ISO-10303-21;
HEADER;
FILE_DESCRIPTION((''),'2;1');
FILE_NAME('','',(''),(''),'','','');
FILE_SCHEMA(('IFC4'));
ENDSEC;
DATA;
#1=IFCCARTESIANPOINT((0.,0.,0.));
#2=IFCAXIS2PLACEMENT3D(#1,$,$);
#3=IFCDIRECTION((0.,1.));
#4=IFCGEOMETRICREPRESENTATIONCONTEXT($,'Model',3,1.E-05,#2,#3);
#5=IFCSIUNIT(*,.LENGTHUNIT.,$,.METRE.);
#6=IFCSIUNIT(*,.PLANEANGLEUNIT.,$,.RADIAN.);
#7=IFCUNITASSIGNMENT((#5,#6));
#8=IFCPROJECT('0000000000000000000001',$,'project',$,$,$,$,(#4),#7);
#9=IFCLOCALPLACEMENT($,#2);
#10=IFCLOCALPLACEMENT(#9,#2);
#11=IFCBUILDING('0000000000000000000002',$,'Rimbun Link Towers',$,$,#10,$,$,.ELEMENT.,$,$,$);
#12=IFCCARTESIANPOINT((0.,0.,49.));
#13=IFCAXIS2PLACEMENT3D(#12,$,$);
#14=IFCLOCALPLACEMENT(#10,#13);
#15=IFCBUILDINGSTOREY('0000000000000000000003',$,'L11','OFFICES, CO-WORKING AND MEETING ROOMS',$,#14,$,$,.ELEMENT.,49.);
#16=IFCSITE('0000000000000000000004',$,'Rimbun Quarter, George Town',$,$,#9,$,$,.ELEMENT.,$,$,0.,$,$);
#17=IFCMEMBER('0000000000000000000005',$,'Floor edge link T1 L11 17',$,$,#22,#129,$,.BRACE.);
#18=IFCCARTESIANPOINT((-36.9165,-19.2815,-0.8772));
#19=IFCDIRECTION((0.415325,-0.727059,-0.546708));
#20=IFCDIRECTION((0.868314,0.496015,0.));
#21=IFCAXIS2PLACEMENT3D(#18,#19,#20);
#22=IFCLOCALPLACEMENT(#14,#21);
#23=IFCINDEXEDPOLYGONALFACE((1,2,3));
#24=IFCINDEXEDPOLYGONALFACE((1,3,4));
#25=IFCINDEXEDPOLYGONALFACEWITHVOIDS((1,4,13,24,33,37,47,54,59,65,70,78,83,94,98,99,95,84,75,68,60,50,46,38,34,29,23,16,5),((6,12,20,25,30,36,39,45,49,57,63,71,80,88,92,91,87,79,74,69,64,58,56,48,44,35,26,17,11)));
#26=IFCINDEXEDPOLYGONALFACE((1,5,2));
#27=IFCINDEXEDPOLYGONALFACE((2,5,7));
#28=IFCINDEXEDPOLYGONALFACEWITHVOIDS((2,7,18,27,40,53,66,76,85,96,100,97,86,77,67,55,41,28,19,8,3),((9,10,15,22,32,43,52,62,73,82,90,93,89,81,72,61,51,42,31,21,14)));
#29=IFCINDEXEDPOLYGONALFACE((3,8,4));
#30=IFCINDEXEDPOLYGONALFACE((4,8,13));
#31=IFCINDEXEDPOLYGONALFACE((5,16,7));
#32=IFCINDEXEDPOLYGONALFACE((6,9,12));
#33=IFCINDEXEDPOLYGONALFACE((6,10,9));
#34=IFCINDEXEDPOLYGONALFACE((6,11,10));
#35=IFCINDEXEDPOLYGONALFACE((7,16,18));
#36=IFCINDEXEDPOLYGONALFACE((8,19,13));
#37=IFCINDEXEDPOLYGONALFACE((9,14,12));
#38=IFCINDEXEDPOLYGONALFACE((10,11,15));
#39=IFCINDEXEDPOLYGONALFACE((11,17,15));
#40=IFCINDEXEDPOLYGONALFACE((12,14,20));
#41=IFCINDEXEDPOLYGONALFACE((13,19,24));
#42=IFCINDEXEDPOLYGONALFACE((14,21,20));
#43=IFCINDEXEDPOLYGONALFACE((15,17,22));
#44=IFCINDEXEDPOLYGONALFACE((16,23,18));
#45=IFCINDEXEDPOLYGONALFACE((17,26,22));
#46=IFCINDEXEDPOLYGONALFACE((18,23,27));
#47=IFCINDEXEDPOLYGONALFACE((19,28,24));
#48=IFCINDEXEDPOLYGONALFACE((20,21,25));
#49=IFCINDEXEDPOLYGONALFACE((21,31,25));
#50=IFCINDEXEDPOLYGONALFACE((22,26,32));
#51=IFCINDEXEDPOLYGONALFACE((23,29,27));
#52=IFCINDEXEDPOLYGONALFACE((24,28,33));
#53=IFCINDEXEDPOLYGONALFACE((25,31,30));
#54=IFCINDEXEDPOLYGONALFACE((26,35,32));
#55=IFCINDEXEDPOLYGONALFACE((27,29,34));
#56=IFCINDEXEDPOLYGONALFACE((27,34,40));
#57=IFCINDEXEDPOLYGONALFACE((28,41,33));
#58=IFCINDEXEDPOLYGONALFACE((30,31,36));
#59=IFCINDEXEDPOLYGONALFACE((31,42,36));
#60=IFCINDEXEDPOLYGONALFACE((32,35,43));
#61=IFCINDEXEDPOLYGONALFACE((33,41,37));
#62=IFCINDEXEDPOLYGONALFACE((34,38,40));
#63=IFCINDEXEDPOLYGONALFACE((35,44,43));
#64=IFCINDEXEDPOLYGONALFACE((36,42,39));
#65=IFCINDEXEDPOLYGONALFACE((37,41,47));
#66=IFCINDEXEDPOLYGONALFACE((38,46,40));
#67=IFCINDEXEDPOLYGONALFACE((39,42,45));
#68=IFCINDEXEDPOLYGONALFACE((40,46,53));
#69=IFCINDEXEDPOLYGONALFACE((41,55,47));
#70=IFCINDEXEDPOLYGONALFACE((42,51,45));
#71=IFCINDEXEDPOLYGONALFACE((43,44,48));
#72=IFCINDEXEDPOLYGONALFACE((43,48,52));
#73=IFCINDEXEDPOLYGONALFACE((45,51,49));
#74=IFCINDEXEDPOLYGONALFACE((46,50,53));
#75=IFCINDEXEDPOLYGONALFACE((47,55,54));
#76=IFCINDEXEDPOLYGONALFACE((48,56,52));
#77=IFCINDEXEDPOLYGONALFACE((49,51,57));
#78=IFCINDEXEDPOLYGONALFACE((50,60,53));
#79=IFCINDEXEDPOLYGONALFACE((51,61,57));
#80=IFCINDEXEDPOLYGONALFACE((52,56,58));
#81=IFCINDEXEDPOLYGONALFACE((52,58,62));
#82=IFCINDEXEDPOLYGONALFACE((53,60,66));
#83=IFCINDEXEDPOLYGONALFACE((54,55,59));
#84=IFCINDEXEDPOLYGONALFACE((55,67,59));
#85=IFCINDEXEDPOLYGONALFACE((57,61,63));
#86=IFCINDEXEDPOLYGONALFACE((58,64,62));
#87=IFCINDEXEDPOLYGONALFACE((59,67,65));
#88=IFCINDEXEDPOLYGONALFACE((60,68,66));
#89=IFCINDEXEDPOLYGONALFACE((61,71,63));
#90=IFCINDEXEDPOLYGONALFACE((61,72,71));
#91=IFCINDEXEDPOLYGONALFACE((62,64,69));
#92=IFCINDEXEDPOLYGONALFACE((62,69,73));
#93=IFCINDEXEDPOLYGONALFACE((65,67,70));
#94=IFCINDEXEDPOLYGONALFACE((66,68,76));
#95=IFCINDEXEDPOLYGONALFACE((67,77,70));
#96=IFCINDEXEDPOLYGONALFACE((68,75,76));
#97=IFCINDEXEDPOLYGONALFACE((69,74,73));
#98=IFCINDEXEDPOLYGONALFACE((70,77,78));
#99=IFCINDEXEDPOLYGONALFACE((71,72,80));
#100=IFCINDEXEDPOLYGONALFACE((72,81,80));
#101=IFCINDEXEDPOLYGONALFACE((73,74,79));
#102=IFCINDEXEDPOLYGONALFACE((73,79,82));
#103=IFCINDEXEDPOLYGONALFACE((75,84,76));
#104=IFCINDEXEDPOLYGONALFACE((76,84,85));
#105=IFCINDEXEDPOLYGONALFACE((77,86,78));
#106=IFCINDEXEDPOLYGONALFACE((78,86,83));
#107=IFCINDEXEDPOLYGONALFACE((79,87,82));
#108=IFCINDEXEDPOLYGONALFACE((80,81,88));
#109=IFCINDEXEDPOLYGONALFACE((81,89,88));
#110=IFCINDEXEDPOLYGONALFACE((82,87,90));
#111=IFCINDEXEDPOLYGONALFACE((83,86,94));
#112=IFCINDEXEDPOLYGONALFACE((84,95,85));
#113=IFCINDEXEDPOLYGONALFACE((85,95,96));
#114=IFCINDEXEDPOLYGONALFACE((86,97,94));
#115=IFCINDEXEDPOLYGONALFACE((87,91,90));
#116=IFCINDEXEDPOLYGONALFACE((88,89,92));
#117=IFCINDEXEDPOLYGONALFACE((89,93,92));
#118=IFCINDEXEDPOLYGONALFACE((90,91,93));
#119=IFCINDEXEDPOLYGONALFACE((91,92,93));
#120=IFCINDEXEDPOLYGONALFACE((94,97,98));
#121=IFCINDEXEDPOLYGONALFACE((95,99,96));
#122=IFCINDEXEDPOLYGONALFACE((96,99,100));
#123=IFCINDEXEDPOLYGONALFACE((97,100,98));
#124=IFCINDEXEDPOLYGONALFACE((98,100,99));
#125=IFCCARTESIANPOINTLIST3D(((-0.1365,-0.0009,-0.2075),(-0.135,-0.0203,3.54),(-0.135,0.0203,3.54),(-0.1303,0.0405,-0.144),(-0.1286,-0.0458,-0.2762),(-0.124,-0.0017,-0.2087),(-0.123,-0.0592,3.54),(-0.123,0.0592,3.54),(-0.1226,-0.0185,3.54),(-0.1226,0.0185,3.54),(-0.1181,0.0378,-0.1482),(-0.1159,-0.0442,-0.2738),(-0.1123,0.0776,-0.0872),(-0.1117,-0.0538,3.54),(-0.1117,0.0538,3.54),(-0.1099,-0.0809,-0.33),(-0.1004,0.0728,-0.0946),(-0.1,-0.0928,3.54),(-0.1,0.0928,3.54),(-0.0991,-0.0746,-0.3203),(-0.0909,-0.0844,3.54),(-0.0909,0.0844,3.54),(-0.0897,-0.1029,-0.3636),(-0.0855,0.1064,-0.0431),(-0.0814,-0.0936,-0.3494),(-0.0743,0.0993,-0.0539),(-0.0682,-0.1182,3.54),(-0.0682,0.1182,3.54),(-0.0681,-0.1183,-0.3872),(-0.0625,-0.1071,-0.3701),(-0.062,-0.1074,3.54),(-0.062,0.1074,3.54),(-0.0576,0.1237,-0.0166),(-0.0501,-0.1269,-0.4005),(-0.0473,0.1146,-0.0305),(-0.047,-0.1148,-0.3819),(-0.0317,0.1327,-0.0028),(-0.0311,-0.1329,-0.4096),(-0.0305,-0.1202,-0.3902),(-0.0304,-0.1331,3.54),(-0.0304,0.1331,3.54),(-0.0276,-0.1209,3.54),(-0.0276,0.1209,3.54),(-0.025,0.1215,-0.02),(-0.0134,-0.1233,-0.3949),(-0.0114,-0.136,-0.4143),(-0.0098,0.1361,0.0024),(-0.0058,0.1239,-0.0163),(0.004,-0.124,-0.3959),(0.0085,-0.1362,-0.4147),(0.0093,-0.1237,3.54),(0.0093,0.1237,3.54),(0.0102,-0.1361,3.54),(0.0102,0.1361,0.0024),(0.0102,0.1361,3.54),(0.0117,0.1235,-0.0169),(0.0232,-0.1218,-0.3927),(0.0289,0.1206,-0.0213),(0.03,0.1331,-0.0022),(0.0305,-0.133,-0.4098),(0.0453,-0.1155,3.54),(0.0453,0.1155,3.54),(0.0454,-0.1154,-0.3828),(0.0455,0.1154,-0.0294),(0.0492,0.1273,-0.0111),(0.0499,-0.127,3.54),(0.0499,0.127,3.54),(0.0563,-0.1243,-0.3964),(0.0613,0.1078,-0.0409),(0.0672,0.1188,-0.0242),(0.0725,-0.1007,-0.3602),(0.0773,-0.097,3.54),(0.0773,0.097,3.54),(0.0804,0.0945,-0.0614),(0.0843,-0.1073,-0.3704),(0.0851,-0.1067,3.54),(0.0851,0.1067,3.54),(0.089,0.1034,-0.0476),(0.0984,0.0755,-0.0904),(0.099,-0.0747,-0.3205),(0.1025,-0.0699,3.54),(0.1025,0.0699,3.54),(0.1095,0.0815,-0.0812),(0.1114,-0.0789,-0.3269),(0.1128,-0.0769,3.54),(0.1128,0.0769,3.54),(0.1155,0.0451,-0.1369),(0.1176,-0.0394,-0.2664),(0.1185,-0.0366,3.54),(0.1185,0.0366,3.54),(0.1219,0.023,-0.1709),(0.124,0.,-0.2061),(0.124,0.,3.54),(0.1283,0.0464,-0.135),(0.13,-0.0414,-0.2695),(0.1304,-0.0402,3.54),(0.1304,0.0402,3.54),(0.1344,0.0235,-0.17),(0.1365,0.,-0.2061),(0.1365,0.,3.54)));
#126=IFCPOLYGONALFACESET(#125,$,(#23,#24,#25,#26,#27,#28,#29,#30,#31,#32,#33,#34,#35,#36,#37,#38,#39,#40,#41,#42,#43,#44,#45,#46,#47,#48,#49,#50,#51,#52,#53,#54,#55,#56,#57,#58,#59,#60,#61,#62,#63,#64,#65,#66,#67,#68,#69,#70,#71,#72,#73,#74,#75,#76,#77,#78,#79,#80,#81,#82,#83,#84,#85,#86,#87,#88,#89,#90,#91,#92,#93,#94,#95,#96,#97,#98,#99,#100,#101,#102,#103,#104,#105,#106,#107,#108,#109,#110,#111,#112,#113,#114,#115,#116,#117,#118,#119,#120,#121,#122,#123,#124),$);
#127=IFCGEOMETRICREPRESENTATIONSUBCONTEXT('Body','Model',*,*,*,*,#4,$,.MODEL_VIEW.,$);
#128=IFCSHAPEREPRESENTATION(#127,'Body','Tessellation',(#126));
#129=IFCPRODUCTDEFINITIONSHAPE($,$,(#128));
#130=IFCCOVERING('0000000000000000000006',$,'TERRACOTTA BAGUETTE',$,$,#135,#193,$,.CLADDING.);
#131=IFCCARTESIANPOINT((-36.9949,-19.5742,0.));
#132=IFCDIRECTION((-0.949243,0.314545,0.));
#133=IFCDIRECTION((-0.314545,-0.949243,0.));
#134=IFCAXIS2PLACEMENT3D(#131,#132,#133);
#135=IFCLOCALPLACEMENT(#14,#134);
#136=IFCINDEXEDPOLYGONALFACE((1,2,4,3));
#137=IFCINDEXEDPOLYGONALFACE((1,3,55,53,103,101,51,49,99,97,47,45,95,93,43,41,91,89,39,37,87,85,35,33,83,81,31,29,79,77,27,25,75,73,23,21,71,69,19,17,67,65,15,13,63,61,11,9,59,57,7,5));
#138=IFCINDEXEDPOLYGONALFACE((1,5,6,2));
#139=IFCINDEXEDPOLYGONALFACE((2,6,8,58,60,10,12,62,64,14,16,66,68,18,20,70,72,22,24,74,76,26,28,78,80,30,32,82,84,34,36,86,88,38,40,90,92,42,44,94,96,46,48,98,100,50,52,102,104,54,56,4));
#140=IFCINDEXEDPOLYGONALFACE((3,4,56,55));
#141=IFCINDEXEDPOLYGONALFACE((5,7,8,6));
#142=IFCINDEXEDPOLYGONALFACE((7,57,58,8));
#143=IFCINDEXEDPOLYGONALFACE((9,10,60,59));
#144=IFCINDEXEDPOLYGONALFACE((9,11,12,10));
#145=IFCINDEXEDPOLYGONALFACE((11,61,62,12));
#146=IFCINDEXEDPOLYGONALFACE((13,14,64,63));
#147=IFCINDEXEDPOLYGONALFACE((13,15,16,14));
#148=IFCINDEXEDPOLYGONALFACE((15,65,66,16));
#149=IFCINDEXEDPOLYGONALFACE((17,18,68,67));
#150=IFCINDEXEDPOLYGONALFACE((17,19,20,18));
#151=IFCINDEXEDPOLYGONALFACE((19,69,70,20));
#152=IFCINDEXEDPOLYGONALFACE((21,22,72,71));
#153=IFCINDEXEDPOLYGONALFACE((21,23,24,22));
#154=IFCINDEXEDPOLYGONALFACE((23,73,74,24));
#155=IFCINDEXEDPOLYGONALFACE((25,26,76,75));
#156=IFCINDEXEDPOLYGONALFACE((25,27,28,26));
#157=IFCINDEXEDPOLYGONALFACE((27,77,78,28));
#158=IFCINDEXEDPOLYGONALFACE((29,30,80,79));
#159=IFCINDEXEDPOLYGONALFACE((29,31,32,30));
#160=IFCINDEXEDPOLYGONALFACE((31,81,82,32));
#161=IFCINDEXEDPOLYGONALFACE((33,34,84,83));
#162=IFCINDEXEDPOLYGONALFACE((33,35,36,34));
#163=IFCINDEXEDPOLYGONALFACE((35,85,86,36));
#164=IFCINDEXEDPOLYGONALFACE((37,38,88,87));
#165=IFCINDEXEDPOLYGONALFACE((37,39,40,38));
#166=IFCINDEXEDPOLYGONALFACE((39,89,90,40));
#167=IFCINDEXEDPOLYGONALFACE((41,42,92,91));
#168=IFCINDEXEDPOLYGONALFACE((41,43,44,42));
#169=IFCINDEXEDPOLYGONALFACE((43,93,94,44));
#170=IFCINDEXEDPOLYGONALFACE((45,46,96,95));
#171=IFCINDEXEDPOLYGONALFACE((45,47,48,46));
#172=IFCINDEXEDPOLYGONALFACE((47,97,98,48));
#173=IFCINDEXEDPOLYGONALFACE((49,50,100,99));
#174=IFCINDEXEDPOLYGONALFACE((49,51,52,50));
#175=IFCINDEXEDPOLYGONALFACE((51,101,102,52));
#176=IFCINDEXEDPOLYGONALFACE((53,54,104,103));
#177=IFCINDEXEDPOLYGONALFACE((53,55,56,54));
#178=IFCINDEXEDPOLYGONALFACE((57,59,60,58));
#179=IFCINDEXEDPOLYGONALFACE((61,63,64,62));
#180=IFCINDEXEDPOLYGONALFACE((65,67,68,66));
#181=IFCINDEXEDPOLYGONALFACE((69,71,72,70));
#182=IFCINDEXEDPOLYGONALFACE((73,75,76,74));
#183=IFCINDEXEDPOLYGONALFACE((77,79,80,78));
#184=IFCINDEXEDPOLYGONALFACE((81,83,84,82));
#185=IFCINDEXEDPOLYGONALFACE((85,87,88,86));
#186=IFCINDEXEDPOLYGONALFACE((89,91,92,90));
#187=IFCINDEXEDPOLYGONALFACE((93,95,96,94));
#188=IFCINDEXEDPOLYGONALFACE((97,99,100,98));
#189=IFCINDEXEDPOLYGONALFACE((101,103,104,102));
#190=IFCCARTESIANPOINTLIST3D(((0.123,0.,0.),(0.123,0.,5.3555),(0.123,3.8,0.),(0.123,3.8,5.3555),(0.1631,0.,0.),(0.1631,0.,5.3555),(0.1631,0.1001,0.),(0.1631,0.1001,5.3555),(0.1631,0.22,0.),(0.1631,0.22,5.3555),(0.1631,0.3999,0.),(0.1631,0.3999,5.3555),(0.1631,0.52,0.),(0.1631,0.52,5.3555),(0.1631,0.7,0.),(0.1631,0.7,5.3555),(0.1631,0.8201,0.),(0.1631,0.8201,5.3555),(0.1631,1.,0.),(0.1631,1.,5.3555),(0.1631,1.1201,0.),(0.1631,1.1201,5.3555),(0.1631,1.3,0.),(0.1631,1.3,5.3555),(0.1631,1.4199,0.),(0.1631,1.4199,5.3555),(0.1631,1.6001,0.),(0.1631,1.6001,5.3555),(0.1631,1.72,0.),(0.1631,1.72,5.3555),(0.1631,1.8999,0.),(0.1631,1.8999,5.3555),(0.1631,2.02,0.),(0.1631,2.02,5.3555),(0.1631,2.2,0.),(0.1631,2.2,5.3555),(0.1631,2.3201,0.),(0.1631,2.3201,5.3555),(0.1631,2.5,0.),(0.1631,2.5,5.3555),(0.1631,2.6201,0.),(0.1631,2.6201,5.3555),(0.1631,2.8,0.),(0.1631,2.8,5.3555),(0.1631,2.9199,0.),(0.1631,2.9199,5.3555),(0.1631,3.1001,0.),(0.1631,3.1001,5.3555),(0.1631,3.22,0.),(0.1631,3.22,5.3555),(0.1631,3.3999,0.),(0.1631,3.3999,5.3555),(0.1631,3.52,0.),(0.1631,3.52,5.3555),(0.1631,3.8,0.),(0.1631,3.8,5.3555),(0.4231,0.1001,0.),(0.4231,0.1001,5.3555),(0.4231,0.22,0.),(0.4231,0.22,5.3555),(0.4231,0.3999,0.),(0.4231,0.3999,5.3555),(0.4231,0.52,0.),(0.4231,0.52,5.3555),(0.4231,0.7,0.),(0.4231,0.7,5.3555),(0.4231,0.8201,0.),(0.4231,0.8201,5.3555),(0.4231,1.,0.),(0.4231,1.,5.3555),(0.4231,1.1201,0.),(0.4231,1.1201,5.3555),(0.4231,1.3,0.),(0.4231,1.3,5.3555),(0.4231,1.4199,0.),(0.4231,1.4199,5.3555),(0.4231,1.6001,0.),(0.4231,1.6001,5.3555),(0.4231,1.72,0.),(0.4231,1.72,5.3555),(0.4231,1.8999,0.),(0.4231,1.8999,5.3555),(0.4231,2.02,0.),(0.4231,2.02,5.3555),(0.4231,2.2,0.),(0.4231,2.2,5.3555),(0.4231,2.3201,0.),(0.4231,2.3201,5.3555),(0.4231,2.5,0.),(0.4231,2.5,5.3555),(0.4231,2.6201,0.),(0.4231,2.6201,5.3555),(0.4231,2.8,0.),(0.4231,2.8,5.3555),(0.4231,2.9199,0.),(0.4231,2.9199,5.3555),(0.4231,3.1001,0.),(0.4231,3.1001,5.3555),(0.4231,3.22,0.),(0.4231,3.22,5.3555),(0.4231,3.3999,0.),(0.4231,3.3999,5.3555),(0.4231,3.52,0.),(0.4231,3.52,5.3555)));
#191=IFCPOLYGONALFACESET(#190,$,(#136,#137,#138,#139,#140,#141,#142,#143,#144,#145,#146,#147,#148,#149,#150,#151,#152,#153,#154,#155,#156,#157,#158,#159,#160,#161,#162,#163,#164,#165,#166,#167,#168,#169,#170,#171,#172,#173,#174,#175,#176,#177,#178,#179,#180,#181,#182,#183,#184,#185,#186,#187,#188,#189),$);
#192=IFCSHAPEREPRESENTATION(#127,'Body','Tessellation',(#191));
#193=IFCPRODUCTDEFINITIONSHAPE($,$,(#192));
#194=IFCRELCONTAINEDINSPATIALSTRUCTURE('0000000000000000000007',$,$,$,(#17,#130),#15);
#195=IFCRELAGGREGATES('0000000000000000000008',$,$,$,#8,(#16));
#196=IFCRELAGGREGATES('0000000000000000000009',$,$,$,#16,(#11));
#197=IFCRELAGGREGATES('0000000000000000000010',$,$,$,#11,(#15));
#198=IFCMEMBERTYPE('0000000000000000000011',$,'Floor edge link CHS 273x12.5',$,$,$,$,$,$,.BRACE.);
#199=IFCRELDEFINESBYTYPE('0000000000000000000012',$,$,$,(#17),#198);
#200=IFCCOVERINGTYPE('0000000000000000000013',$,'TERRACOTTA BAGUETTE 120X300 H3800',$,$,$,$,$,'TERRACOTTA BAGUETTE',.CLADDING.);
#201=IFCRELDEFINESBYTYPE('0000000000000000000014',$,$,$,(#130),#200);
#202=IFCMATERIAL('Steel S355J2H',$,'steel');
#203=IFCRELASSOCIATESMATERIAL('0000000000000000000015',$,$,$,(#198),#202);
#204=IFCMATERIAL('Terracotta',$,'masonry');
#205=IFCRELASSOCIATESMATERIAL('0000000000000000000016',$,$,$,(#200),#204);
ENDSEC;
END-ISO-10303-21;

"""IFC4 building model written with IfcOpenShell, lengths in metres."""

from ifc_helpers import new_model, si_unit, direction, frame, origin, origin_2d, place, context, subcontext, project, spatial, polyline, hollow_circle, outline, extrude, clip, halfspace, material, material_profile, profile_set, type_object, element, save


model = new_model("IFC4")

# Units and contexts
model_context = context("Model", 3, precision=1e-05, world=origin(), true_north=direction((0.0, 1.0)))
body_context = subcontext(model_context, "Body", "Model", "MODEL_VIEW")
ifc_project = project(units=[si_unit("LENGTHUNIT", "METRE"), si_unit("PLANEANGLEUNIT", "RADIAN")], contexts=[model_context])

# Site, building, storey
site_placement = place(None, origin())
site = spatial("IfcSite", under=ifc_project, at=site_placement, Name="Rimbun Quarter, George Town", CompositionType="ELEMENT", RefElevation=0.0)
building_placement = place(site_placement, origin())
building = spatial("IfcBuilding", under=site, at=building_placement, Name="Rimbun Link Towers", CompositionType="ELEMENT")
storey_placement = place(building_placement, frame((0.0, 0.0, 49.0)))
storey = spatial("IfcBuildingStorey", under=building, at=storey_placement, Name="L11", Description="OFFICES, CO-WORKING AND MEETING ROOMS", CompositionType="ELEMENT", Elevation=49.0)

# Member
ifc_material_1 = material(Name="Steel S355J2H", Category="steel")
ifc_material_profile_1 = material_profile(ifc_material_1, hollow_circle(Radius=0.1365, WallThickness=0.0125, at=origin_2d()), Name="CHS 273x12.5")
ifc_profile_set_1 = profile_set([ifc_material_profile_1], Name="Steel S355J2H")
member_type_1 = type_object("IfcMemberType", Name="Floor edge link CHS 273x12.5", PredefinedType="BRACE", material=ifc_profile_set_1)
member_1_placement = place(storey_placement, frame((-36.9165, -19.2815, -0.8772), z_axis=(0.415325, -0.727059, -0.546708), x_axis=(0.868314, 0.496015, 0.0)))
element("IfcMember", 1, at=member_1_placement, inside=storey, type_object=member_type_1, Name="Floor edge link T1 L11 17", PredefinedType="BRACE", context=body_context, shape_type="Clipping", body=[
    clip(extrude(hollow_circle(Radius=0.1365, WallThickness=0.0125, at=origin_2d()), frame((0.0, 0.0, -0.4363)), (0.0, 0.0, 1.0), 3.9763), halfspace(frame((0.0, 0.0, -0.2061), z_axis=(0.0, 0.837323, -0.546708)), False)),
])

# Covering
ifc_material_2 = material(Name="Terracotta", Category="masonry")
ifc_material_profile_2 = material_profile(ifc_material_2, outline(polyline([(0.123, 0.0), (0.1631, 0.0), (0.1631, 0.1001), (0.4231, 0.1001), (0.4231, 0.22), (0.1631, 0.22), (0.1631, 0.3999), (0.4231, 0.3999), (0.4231, 0.52), (0.1631, 0.52), (0.1631, 0.7), (0.4231, 0.7), (0.4231, 0.8201), (0.1631, 0.8201), (0.1631, 1.0), (0.4231, 1.0), (0.4231, 1.1201), (0.1631, 1.1201), (0.1631, 1.3), (0.4231, 1.3), (0.4231, 1.4199), (0.1631, 1.4199), (0.1631, 1.6001), (0.4231, 1.6001), (0.4231, 1.72), (0.1631, 1.72), (0.1631, 1.8999), (0.4231, 1.8999), (0.4231, 2.02), (0.1631, 2.02), (0.1631, 2.2), (0.4231, 2.2), (0.4231, 2.3201), (0.1631, 2.3201), (0.1631, 2.5), (0.4231, 2.5), (0.4231, 2.6201), (0.1631, 2.6201), (0.1631, 2.8), (0.4231, 2.8), (0.4231, 2.9199), (0.1631, 2.9199), (0.1631, 3.1001), (0.4231, 3.1001), (0.4231, 3.22), (0.1631, 3.22), (0.1631, 3.3999), (0.4231, 3.3999), (0.4231, 3.52), (0.1631, 3.52), (0.1631, 3.8), (0.123, 3.8), (0.123, 0.0)])), Name="BAGUETTE 120X300")
ifc_profile_set_2 = profile_set([ifc_material_profile_2], Name="Terracotta")
covering_type = type_object("IfcCoveringType", Name="TERRACOTTA BAGUETTE 120X300 H3800", ElementType="TERRACOTTA BAGUETTE", PredefinedType="CLADDING", material=ifc_profile_set_2)
covering_1_placement = place(storey_placement, frame((-36.9949, -19.5742, 0.0), z_axis=(-0.949243, 0.314545, 0.0), x_axis=(-0.314545, -0.949243, 0.0)))
element("IfcCovering", 2, at=covering_1_placement, inside=storey, type_object=covering_type, Name="TERRACOTTA BAGUETTE", PredefinedType="CLADDING", context=body_context, shape_type="SweptSolid", body=[
    extrude(outline(polyline([(0.123, 0.0), (0.1631, 0.0), (0.1631, 0.1001), (0.4231, 0.1001), (0.4231, 0.22), (0.1631, 0.22), (0.1631, 0.3999), (0.4231, 0.3999), (0.4231, 0.52), (0.1631, 0.52), (0.1631, 0.7), (0.4231, 0.7), (0.4231, 0.8201), (0.1631, 0.8201), (0.1631, 1.0), (0.4231, 1.0), (0.4231, 1.1201), (0.1631, 1.1201), (0.1631, 1.3), (0.4231, 1.3), (0.4231, 1.4199), (0.1631, 1.4199), (0.1631, 1.6001), (0.4231, 1.6001), (0.4231, 1.72), (0.1631, 1.72), (0.1631, 1.8999), (0.4231, 1.8999), (0.4231, 2.02), (0.1631, 2.02), (0.1631, 2.2), (0.4231, 2.2), (0.4231, 2.3201), (0.1631, 2.3201), (0.1631, 2.5), (0.4231, 2.5), (0.4231, 2.6201), (0.1631, 2.6201), (0.1631, 2.8), (0.4231, 2.8), (0.4231, 2.9199), (0.1631, 2.9199), (0.1631, 3.1001), (0.4231, 3.1001), (0.4231, 3.22), (0.1631, 3.22), (0.1631, 3.3999), (0.4231, 3.3999), (0.4231, 3.52), (0.1631, 3.52), (0.1631, 3.8), (0.123, 3.8), (0.123, 0.0)])), origin(), (0.0, 0.0, 1.0), 5.3555),
])

save(model, "model.ifc")
